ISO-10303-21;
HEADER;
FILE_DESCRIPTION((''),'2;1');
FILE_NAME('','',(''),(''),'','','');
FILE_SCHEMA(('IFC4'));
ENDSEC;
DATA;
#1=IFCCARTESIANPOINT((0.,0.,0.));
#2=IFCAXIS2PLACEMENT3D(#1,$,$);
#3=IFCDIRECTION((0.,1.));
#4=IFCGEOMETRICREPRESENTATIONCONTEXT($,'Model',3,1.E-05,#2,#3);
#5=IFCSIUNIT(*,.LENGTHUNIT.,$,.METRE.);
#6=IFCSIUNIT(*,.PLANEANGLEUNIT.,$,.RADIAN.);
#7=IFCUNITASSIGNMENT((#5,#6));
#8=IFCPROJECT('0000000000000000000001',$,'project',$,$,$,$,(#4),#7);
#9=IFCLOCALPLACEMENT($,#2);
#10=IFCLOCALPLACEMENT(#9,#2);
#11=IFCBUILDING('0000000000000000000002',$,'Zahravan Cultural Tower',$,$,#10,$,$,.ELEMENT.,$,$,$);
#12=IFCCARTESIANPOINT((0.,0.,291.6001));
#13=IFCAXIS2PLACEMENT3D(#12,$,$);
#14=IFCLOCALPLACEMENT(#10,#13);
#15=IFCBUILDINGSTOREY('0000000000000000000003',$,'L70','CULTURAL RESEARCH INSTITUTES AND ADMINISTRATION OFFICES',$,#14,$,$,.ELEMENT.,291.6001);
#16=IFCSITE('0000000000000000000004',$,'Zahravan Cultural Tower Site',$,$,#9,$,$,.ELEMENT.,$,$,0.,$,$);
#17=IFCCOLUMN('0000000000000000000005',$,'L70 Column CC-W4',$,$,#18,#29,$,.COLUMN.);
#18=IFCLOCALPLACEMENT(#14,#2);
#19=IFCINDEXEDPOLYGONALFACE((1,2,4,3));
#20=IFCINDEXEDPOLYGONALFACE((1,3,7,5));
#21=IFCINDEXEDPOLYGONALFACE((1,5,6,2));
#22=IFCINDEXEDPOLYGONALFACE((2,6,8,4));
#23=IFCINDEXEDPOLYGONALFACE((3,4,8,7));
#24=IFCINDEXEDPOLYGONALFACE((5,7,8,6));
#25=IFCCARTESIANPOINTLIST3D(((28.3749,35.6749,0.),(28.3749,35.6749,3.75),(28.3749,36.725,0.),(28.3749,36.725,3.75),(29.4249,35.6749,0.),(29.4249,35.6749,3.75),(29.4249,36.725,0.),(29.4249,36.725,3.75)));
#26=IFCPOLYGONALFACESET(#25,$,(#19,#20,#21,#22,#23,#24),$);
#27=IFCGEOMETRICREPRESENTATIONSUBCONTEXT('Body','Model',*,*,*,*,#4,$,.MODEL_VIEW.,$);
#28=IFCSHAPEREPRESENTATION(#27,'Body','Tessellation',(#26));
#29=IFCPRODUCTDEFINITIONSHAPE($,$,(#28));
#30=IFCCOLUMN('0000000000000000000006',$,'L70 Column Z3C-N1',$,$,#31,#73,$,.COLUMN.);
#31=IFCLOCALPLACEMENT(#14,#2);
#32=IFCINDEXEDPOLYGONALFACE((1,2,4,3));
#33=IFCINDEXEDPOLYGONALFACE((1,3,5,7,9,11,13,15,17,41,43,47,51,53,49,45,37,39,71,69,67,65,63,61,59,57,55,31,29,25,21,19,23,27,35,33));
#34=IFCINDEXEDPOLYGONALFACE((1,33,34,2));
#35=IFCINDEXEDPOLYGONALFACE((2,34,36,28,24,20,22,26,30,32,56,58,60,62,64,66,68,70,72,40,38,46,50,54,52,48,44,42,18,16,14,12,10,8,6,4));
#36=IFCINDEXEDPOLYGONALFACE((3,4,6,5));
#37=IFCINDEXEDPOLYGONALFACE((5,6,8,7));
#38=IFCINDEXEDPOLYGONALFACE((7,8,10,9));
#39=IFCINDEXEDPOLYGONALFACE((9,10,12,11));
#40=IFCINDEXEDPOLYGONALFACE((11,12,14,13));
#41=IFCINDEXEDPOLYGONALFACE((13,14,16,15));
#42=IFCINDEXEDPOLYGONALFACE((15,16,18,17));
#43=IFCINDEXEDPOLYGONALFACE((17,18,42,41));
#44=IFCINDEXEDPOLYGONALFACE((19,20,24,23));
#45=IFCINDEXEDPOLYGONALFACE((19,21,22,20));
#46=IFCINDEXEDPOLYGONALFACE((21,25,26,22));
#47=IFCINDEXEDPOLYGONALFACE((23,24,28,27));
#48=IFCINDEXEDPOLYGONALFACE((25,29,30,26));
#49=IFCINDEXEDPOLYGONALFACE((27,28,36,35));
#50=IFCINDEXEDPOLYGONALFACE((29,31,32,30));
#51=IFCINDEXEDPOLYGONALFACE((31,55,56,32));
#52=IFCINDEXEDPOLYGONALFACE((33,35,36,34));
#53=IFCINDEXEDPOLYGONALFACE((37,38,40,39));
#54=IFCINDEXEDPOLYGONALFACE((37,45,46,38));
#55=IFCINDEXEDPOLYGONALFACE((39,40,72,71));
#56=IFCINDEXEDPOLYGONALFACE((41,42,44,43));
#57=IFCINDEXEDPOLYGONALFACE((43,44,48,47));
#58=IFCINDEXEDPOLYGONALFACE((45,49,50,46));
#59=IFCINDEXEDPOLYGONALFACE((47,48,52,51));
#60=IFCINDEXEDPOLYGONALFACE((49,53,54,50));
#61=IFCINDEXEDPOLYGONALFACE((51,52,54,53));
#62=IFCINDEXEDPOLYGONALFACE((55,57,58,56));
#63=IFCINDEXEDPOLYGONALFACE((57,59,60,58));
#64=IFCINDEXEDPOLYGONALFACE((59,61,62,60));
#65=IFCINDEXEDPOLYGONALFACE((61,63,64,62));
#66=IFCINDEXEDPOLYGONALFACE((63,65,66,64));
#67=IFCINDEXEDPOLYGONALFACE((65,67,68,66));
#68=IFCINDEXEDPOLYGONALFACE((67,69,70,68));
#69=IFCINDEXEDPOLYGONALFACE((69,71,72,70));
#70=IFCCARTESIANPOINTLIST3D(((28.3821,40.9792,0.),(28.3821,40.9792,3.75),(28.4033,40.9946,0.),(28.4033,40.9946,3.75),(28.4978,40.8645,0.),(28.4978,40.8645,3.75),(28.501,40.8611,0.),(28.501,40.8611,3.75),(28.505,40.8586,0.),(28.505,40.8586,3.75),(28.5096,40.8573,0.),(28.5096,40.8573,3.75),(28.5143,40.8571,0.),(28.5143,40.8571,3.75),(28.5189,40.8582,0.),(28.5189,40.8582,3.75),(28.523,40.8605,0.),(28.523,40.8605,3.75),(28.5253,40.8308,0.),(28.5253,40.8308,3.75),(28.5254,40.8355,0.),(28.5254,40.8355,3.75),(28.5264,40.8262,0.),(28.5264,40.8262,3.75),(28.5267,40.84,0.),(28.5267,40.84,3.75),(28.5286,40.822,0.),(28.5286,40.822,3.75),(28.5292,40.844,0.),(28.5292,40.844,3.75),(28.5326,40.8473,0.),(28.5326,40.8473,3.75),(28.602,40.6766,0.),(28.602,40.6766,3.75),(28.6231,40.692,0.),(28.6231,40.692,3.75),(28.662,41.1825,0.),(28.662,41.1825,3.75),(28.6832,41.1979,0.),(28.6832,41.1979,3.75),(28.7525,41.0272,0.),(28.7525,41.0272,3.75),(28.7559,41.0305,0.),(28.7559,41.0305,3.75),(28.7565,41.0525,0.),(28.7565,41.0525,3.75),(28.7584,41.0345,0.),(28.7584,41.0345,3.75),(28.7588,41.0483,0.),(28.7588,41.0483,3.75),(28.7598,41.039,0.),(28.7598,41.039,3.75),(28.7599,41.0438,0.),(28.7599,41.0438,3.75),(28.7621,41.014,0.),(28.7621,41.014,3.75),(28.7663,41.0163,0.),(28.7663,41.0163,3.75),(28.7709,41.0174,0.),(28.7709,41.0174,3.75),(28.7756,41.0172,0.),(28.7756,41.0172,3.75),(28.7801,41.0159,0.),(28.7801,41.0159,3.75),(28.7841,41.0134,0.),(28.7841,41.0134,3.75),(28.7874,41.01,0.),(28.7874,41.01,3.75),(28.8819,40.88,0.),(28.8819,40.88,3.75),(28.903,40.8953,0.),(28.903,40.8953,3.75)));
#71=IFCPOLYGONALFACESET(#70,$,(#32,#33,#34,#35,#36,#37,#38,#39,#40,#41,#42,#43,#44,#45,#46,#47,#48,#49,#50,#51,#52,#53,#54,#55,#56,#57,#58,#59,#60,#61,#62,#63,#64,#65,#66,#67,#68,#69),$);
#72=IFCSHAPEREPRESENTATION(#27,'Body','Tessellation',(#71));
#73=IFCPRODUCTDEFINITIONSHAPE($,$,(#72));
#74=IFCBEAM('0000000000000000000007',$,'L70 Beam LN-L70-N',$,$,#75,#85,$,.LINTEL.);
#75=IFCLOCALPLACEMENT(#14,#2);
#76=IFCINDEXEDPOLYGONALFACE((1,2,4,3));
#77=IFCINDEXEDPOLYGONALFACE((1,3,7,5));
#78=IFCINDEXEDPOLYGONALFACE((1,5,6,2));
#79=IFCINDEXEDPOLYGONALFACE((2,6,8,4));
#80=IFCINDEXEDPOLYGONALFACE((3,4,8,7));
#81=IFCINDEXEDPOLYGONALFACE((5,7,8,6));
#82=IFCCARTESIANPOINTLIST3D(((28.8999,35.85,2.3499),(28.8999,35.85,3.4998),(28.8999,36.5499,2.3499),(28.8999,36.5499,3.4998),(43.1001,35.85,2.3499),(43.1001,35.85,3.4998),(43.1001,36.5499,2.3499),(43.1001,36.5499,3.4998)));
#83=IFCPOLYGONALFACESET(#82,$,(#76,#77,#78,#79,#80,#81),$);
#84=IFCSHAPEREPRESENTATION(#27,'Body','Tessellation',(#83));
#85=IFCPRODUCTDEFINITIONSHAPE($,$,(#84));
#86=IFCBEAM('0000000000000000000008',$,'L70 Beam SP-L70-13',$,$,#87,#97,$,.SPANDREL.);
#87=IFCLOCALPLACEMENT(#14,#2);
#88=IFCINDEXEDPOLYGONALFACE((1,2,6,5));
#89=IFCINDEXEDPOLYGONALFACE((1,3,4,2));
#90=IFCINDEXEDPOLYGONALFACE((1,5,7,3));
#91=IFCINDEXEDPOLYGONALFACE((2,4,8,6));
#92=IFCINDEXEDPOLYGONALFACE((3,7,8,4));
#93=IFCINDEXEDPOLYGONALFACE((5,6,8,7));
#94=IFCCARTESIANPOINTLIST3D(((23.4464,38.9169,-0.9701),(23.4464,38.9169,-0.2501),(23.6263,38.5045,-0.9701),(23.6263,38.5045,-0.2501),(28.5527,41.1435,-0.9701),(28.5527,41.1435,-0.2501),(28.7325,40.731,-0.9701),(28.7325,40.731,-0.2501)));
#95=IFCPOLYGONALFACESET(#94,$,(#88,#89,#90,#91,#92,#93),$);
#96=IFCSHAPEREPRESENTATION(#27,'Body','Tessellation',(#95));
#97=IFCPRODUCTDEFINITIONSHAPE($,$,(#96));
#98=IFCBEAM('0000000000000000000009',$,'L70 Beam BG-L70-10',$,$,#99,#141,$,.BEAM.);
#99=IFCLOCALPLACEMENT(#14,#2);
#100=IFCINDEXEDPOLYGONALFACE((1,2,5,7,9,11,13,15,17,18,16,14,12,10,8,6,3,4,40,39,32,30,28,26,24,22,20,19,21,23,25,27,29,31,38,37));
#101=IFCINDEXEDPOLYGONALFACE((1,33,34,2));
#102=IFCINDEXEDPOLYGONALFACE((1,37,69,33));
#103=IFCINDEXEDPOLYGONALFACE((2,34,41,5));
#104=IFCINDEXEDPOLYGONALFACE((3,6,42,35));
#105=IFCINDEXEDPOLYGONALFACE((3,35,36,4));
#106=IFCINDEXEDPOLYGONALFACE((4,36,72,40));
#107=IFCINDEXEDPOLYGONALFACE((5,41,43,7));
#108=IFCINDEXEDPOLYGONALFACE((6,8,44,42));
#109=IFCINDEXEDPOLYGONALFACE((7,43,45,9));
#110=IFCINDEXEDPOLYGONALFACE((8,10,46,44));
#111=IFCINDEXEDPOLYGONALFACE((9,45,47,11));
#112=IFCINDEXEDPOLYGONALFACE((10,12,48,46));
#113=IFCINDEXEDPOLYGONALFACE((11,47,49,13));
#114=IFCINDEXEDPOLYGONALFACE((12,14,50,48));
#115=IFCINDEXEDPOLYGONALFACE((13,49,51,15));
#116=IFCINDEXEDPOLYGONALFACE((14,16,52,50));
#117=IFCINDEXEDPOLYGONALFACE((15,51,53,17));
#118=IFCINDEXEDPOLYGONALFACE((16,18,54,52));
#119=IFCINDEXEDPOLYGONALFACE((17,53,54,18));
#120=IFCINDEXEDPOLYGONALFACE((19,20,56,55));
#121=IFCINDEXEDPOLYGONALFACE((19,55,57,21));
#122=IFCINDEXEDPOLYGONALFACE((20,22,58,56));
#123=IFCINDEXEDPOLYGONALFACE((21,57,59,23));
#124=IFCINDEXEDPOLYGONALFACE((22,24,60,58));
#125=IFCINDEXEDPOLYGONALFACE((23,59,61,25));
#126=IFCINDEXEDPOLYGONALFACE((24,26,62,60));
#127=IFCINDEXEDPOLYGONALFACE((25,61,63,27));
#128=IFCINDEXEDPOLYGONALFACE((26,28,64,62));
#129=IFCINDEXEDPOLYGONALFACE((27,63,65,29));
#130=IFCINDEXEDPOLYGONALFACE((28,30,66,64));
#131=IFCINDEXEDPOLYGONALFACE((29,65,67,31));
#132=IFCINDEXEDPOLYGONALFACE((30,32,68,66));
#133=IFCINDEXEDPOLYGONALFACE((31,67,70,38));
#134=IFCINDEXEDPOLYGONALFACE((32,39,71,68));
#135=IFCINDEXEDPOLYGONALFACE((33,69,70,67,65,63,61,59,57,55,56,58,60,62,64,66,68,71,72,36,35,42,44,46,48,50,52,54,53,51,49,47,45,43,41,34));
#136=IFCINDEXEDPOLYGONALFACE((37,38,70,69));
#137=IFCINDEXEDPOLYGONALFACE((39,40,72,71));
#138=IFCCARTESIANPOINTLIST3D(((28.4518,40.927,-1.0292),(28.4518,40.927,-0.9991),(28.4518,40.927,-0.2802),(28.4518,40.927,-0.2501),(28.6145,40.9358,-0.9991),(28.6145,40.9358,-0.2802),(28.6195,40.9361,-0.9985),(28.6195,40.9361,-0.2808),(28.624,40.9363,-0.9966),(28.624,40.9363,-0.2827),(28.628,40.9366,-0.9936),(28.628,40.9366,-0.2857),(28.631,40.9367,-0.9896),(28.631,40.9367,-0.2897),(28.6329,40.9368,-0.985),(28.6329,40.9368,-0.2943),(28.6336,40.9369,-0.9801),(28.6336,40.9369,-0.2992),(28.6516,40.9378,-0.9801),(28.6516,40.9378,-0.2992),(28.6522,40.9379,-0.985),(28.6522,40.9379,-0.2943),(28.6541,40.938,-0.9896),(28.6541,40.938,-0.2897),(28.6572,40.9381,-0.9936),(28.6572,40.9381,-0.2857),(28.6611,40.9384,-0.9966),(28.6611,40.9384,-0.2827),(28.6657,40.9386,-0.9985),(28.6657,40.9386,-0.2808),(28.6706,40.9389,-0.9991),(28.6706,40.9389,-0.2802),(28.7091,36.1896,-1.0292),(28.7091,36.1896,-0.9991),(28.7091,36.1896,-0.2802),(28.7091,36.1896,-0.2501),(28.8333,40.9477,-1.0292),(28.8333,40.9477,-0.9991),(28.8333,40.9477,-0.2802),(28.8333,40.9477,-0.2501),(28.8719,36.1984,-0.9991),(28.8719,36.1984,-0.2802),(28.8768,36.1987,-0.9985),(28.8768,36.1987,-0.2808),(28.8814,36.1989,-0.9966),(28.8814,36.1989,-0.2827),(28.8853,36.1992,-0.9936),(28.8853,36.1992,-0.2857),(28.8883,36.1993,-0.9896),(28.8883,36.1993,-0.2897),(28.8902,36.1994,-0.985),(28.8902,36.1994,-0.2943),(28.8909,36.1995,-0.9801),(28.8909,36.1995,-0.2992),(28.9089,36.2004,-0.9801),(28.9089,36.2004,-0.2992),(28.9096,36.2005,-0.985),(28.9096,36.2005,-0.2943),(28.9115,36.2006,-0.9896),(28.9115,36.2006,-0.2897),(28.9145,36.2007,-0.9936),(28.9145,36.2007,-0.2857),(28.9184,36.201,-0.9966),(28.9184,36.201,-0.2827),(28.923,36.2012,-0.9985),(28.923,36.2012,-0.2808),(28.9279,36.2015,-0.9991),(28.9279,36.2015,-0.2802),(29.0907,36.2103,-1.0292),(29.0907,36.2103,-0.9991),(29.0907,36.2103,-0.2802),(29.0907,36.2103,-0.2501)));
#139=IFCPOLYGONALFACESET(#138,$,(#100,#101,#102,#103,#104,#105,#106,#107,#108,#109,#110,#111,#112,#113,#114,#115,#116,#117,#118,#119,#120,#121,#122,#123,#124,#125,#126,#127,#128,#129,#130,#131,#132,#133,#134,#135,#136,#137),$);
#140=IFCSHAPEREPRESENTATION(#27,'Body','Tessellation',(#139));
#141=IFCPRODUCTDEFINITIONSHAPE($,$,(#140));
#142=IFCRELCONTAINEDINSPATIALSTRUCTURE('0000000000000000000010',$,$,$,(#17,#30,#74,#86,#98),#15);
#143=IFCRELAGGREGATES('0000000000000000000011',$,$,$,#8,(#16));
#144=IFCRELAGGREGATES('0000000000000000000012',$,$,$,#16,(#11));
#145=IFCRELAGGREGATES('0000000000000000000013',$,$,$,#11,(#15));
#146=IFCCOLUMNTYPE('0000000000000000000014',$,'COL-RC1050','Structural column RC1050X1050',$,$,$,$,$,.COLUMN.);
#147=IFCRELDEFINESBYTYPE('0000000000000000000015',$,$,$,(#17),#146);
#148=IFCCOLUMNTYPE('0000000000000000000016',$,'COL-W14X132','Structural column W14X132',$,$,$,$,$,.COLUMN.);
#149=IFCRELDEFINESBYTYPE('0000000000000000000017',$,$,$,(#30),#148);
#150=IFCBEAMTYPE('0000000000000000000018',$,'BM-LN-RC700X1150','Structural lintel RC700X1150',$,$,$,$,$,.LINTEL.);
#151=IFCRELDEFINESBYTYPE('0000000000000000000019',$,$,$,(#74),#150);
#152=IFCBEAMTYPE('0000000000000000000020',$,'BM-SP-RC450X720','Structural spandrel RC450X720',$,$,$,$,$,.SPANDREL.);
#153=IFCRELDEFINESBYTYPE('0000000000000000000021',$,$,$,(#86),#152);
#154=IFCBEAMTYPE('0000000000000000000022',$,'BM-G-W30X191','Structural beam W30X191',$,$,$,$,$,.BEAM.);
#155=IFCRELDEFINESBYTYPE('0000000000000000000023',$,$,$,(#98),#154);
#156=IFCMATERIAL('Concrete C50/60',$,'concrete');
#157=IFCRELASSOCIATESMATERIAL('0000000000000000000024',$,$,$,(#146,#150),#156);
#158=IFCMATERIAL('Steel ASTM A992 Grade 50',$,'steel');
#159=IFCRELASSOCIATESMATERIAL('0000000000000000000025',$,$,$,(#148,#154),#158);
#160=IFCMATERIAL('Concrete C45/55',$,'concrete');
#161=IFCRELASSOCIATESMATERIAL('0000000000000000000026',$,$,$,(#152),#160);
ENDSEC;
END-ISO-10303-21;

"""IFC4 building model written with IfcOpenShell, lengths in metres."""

from ifc_helpers import new_model, si_unit, direction, frame, origin, origin_2d, place, context, subcontext, project, spatial, rectangle, i_section, extrude, source, transform, mapped, material, material_profile, profile_set, type_object, element, save


model = new_model("IFC4")

# Units and contexts
model_context = context("Model", 3, precision=1e-05, world=origin(), true_north=direction((0.0, 1.0)))
body_context = subcontext(model_context, "Body", "Model", "MODEL_VIEW")
ifc_project = project(units=[si_unit("LENGTHUNIT", "METRE"), si_unit("PLANEANGLEUNIT", "RADIAN")], contexts=[model_context])

# Site, building, storey
site_placement = place(None, origin())
site = spatial("IfcSite", under=ifc_project, at=site_placement, Name="Zahravan Cultural Tower Site", CompositionType="ELEMENT", RefElevation=0.0)
building_placement = place(site_placement, origin())
building = spatial("IfcBuilding", under=site, at=building_placement, Name="Zahravan Cultural Tower", CompositionType="ELEMENT")
storey_placement = place(building_placement, frame((0.0, 0.0, 291.6001)))
storey = spatial("IfcBuildingStorey", under=building, at=storey_placement, Name="L70", Description="CULTURAL RESEARCH INSTITUTES AND ADMINISTRATION OFFICES", CompositionType="ELEMENT", Elevation=291.6001)

# Columns
ifc_material_1 = material(Name="Concrete C50/60", Category="concrete")
ifc_material_profile_1 = material_profile(ifc_material_1, rectangle(XDim=1.05, YDim=1.05, at=origin_2d()), Name="RC1050X1050")
ifc_profile_set_1 = profile_set([ifc_material_profile_1], Name="Concrete C50/60")
column_type_1 = type_object("IfcColumnType", Name="COL-RC1050", Description="Structural column RC1050X1050", PredefinedType="COLUMN", material=ifc_profile_set_1)
shared_shape_1 = source(origin(), body_context, "Body", "SweptSolid", [
    extrude(rectangle(XDim=1.05, YDim=1.05, at=origin_2d()), origin(), (0.0, 0.0, 1.0), 3.75),
])
column_1_placement = place(storey_placement, frame((28.8999, 36.2, 0.0), z_axis=(0.0, 0.0, 1.0), x_axis=(1.0, 0.0, 0.0)))
element("IfcColumn", 1, at=column_1_placement, inside=storey, type_object=column_type_1, Name="L70 Column CC-W4", PredefinedType="COLUMN", context=body_context, shape_type="MappedRepresentation", body=[
    mapped(shared_shape_1, transform((0.0, 0.0, 0.0), x_axis=(1.0, 0.0, 0.0), y_axis=(0.0, 1.0, 0.0), z_axis=(0.0, 0.0, 1.0), scale=1.0)),
])
ifc_material_2 = material(Name="Steel ASTM A992 Grade 50", Category="steel")
ifc_material_profile_2 = material_profile(ifc_material_2, i_section(OverallWidth=0.374, OverallDepth=0.3721, WebThickness=0.0164, FlangeThickness=0.0261, FilletRadius=0.0181, at=origin_2d()), Name="W14X132")
ifc_profile_set_2 = profile_set([ifc_material_profile_2], Name="Steel ASTM A992 Grade 50")
column_type_2 = type_object("IfcColumnType", Name="COL-W14X132", Description="Structural column W14X132", PredefinedType="COLUMN", material=ifc_profile_set_2)
shared_shape_2 = source(origin(), body_context, "Body", "SweptSolid", [
    extrude(i_section(OverallWidth=0.374, OverallDepth=0.3721, WebThickness=0.0164, FlangeThickness=0.0261, FilletRadius=0.0181, at=origin_2d()), origin(), (0.0, 0.0, 1.0), 3.75),
])
column_2_placement = place(storey_placement, frame((28.6426, 40.9373, 0.0), z_axis=(0.0, 0.0, 1.0), x_axis=(-0.587785, 0.809017, 0.0)))
element("IfcColumn", 2, at=column_2_placement, inside=storey, type_object=column_type_2, Name="L70 Column Z3C-N1", PredefinedType="COLUMN", context=body_context, shape_type="MappedRepresentation", body=[
    mapped(shared_shape_2, transform((0.0, 0.0, 0.0), x_axis=(1.0, 0.0, 0.0), y_axis=(0.0, 1.0, 0.0), z_axis=(0.0, 0.0, 1.0), scale=1.0)),
])

# Beams
ifc_material_profile_3 = material_profile(ifc_material_1, rectangle(XDim=0.7, YDim=1.1499, at=origin_2d()), Name="RC700X1150")
ifc_profile_set_3 = profile_set([ifc_material_profile_3], Name="Concrete C50/60")
beam_type_1 = type_object("IfcBeamType", Name="BM-LN-RC700X1150", Description="Structural lintel RC700X1150", PredefinedType="LINTEL", material=ifc_profile_set_3)
shared_shape_3 = source(origin(), body_context, "Body", "SweptSolid", [
    extrude(rectangle(XDim=0.7, YDim=1.1499, at=origin_2d()), origin(), (0.0, 0.0, 1.0), 14.2002),
])
beam_1_placement = place(storey_placement, frame((28.8999, 36.2, 2.9248), z_axis=(1.0, 0.0, 0.0), x_axis=(0.0, 1.0, 0.0)))
element("IfcBeam", 3, at=beam_1_placement, inside=storey, type_object=beam_type_1, Name="L70 Beam LN-L70-N", PredefinedType="LINTEL", context=body_context, shape_type="MappedRepresentation", body=[
    mapped(shared_shape_3, transform((0.0, 0.0, 0.0), x_axis=(1.0, 0.0, 0.0), y_axis=(0.0, 1.0, 0.0), z_axis=(0.0, 0.0, 1.0), scale=1.0)),
])
ifc_material_3 = material(Name="Concrete C45/55", Category="concrete")
ifc_material_profile_4 = material_profile(ifc_material_3, rectangle(XDim=0.45, YDim=0.72, at=origin_2d()), Name="RC450X720")
ifc_profile_set_4 = profile_set([ifc_material_profile_4], Name="Concrete C45/55")
beam_type_2 = type_object("IfcBeamType", Name="BM-SP-RC450X720", Description="Structural spandrel RC450X720", PredefinedType="SPANDREL", material=ifc_profile_set_4)
shared_shape_4 = source(origin(), body_context, "Body", "SweptSolid", [
    extrude(rectangle(XDim=0.45, YDim=0.72, at=origin_2d()), origin(), (0.0, 0.0, 1.0), 5.5706),
])
beam_2_placement = place(storey_placement, frame((28.6426, 40.9373, -0.6101), z_axis=(-0.916645, -0.399703, 0.0), x_axis=(0.399703, -0.916645, 0.0)))
element("IfcBeam", 4, at=beam_2_placement, inside=storey, type_object=beam_type_2, Name="L70 Beam SP-L70-13", PredefinedType="SPANDREL", context=body_context, shape_type="MappedRepresentation", body=[
    mapped(shared_shape_4, transform((0.0, 0.0, 0.0), x_axis=(1.0, 0.0, 0.0), y_axis=(0.0, 1.0, 0.0), z_axis=(0.0, 0.0, 1.0), scale=1.0)),
])
ifc_material_profile_5 = material_profile(ifc_material_2, i_section(OverallWidth=0.3821, OverallDepth=0.7791, WebThickness=0.0181, FlangeThickness=0.03, FilletRadius=0.019, at=origin_2d()), Name="W30X191")
ifc_profile_set_5 = profile_set([ifc_material_profile_5], Name="Steel ASTM A992 Grade 50")
beam_type_3 = type_object("IfcBeamType", Name="BM-G-W30X191", Description="Structural beam W30X191", PredefinedType="BEAM", material=ifc_profile_set_5)
shared_shape_5 = source(origin(), body_context, "Body", "SweptSolid", [
    extrude(i_section(OverallWidth=0.3821, OverallDepth=0.7791, WebThickness=0.0181, FlangeThickness=0.03, FilletRadius=0.019, at=origin_2d()), origin(), (0.0, 0.0, 1.0), 4.7444),
])
beam_3_placement = place(storey_placement, frame((28.8999, 36.2, -0.6396), z_axis=(-0.054239, 0.998528, 0.0), x_axis=(-0.998528, -0.054239, 0.0)))
element("IfcBeam", 5, at=beam_3_placement, inside=storey, type_object=beam_type_3, Name="L70 Beam BG-L70-10", PredefinedType="BEAM", context=body_context, shape_type="MappedRepresentation", body=[
    mapped(shared_shape_5, transform((0.0, 0.0, 0.0), x_axis=(1.0, 0.0, 0.0), y_axis=(0.0, 1.0, 0.0), z_axis=(0.0, 0.0, 1.0), scale=1.0)),
])

save(model, "model.ifc")
